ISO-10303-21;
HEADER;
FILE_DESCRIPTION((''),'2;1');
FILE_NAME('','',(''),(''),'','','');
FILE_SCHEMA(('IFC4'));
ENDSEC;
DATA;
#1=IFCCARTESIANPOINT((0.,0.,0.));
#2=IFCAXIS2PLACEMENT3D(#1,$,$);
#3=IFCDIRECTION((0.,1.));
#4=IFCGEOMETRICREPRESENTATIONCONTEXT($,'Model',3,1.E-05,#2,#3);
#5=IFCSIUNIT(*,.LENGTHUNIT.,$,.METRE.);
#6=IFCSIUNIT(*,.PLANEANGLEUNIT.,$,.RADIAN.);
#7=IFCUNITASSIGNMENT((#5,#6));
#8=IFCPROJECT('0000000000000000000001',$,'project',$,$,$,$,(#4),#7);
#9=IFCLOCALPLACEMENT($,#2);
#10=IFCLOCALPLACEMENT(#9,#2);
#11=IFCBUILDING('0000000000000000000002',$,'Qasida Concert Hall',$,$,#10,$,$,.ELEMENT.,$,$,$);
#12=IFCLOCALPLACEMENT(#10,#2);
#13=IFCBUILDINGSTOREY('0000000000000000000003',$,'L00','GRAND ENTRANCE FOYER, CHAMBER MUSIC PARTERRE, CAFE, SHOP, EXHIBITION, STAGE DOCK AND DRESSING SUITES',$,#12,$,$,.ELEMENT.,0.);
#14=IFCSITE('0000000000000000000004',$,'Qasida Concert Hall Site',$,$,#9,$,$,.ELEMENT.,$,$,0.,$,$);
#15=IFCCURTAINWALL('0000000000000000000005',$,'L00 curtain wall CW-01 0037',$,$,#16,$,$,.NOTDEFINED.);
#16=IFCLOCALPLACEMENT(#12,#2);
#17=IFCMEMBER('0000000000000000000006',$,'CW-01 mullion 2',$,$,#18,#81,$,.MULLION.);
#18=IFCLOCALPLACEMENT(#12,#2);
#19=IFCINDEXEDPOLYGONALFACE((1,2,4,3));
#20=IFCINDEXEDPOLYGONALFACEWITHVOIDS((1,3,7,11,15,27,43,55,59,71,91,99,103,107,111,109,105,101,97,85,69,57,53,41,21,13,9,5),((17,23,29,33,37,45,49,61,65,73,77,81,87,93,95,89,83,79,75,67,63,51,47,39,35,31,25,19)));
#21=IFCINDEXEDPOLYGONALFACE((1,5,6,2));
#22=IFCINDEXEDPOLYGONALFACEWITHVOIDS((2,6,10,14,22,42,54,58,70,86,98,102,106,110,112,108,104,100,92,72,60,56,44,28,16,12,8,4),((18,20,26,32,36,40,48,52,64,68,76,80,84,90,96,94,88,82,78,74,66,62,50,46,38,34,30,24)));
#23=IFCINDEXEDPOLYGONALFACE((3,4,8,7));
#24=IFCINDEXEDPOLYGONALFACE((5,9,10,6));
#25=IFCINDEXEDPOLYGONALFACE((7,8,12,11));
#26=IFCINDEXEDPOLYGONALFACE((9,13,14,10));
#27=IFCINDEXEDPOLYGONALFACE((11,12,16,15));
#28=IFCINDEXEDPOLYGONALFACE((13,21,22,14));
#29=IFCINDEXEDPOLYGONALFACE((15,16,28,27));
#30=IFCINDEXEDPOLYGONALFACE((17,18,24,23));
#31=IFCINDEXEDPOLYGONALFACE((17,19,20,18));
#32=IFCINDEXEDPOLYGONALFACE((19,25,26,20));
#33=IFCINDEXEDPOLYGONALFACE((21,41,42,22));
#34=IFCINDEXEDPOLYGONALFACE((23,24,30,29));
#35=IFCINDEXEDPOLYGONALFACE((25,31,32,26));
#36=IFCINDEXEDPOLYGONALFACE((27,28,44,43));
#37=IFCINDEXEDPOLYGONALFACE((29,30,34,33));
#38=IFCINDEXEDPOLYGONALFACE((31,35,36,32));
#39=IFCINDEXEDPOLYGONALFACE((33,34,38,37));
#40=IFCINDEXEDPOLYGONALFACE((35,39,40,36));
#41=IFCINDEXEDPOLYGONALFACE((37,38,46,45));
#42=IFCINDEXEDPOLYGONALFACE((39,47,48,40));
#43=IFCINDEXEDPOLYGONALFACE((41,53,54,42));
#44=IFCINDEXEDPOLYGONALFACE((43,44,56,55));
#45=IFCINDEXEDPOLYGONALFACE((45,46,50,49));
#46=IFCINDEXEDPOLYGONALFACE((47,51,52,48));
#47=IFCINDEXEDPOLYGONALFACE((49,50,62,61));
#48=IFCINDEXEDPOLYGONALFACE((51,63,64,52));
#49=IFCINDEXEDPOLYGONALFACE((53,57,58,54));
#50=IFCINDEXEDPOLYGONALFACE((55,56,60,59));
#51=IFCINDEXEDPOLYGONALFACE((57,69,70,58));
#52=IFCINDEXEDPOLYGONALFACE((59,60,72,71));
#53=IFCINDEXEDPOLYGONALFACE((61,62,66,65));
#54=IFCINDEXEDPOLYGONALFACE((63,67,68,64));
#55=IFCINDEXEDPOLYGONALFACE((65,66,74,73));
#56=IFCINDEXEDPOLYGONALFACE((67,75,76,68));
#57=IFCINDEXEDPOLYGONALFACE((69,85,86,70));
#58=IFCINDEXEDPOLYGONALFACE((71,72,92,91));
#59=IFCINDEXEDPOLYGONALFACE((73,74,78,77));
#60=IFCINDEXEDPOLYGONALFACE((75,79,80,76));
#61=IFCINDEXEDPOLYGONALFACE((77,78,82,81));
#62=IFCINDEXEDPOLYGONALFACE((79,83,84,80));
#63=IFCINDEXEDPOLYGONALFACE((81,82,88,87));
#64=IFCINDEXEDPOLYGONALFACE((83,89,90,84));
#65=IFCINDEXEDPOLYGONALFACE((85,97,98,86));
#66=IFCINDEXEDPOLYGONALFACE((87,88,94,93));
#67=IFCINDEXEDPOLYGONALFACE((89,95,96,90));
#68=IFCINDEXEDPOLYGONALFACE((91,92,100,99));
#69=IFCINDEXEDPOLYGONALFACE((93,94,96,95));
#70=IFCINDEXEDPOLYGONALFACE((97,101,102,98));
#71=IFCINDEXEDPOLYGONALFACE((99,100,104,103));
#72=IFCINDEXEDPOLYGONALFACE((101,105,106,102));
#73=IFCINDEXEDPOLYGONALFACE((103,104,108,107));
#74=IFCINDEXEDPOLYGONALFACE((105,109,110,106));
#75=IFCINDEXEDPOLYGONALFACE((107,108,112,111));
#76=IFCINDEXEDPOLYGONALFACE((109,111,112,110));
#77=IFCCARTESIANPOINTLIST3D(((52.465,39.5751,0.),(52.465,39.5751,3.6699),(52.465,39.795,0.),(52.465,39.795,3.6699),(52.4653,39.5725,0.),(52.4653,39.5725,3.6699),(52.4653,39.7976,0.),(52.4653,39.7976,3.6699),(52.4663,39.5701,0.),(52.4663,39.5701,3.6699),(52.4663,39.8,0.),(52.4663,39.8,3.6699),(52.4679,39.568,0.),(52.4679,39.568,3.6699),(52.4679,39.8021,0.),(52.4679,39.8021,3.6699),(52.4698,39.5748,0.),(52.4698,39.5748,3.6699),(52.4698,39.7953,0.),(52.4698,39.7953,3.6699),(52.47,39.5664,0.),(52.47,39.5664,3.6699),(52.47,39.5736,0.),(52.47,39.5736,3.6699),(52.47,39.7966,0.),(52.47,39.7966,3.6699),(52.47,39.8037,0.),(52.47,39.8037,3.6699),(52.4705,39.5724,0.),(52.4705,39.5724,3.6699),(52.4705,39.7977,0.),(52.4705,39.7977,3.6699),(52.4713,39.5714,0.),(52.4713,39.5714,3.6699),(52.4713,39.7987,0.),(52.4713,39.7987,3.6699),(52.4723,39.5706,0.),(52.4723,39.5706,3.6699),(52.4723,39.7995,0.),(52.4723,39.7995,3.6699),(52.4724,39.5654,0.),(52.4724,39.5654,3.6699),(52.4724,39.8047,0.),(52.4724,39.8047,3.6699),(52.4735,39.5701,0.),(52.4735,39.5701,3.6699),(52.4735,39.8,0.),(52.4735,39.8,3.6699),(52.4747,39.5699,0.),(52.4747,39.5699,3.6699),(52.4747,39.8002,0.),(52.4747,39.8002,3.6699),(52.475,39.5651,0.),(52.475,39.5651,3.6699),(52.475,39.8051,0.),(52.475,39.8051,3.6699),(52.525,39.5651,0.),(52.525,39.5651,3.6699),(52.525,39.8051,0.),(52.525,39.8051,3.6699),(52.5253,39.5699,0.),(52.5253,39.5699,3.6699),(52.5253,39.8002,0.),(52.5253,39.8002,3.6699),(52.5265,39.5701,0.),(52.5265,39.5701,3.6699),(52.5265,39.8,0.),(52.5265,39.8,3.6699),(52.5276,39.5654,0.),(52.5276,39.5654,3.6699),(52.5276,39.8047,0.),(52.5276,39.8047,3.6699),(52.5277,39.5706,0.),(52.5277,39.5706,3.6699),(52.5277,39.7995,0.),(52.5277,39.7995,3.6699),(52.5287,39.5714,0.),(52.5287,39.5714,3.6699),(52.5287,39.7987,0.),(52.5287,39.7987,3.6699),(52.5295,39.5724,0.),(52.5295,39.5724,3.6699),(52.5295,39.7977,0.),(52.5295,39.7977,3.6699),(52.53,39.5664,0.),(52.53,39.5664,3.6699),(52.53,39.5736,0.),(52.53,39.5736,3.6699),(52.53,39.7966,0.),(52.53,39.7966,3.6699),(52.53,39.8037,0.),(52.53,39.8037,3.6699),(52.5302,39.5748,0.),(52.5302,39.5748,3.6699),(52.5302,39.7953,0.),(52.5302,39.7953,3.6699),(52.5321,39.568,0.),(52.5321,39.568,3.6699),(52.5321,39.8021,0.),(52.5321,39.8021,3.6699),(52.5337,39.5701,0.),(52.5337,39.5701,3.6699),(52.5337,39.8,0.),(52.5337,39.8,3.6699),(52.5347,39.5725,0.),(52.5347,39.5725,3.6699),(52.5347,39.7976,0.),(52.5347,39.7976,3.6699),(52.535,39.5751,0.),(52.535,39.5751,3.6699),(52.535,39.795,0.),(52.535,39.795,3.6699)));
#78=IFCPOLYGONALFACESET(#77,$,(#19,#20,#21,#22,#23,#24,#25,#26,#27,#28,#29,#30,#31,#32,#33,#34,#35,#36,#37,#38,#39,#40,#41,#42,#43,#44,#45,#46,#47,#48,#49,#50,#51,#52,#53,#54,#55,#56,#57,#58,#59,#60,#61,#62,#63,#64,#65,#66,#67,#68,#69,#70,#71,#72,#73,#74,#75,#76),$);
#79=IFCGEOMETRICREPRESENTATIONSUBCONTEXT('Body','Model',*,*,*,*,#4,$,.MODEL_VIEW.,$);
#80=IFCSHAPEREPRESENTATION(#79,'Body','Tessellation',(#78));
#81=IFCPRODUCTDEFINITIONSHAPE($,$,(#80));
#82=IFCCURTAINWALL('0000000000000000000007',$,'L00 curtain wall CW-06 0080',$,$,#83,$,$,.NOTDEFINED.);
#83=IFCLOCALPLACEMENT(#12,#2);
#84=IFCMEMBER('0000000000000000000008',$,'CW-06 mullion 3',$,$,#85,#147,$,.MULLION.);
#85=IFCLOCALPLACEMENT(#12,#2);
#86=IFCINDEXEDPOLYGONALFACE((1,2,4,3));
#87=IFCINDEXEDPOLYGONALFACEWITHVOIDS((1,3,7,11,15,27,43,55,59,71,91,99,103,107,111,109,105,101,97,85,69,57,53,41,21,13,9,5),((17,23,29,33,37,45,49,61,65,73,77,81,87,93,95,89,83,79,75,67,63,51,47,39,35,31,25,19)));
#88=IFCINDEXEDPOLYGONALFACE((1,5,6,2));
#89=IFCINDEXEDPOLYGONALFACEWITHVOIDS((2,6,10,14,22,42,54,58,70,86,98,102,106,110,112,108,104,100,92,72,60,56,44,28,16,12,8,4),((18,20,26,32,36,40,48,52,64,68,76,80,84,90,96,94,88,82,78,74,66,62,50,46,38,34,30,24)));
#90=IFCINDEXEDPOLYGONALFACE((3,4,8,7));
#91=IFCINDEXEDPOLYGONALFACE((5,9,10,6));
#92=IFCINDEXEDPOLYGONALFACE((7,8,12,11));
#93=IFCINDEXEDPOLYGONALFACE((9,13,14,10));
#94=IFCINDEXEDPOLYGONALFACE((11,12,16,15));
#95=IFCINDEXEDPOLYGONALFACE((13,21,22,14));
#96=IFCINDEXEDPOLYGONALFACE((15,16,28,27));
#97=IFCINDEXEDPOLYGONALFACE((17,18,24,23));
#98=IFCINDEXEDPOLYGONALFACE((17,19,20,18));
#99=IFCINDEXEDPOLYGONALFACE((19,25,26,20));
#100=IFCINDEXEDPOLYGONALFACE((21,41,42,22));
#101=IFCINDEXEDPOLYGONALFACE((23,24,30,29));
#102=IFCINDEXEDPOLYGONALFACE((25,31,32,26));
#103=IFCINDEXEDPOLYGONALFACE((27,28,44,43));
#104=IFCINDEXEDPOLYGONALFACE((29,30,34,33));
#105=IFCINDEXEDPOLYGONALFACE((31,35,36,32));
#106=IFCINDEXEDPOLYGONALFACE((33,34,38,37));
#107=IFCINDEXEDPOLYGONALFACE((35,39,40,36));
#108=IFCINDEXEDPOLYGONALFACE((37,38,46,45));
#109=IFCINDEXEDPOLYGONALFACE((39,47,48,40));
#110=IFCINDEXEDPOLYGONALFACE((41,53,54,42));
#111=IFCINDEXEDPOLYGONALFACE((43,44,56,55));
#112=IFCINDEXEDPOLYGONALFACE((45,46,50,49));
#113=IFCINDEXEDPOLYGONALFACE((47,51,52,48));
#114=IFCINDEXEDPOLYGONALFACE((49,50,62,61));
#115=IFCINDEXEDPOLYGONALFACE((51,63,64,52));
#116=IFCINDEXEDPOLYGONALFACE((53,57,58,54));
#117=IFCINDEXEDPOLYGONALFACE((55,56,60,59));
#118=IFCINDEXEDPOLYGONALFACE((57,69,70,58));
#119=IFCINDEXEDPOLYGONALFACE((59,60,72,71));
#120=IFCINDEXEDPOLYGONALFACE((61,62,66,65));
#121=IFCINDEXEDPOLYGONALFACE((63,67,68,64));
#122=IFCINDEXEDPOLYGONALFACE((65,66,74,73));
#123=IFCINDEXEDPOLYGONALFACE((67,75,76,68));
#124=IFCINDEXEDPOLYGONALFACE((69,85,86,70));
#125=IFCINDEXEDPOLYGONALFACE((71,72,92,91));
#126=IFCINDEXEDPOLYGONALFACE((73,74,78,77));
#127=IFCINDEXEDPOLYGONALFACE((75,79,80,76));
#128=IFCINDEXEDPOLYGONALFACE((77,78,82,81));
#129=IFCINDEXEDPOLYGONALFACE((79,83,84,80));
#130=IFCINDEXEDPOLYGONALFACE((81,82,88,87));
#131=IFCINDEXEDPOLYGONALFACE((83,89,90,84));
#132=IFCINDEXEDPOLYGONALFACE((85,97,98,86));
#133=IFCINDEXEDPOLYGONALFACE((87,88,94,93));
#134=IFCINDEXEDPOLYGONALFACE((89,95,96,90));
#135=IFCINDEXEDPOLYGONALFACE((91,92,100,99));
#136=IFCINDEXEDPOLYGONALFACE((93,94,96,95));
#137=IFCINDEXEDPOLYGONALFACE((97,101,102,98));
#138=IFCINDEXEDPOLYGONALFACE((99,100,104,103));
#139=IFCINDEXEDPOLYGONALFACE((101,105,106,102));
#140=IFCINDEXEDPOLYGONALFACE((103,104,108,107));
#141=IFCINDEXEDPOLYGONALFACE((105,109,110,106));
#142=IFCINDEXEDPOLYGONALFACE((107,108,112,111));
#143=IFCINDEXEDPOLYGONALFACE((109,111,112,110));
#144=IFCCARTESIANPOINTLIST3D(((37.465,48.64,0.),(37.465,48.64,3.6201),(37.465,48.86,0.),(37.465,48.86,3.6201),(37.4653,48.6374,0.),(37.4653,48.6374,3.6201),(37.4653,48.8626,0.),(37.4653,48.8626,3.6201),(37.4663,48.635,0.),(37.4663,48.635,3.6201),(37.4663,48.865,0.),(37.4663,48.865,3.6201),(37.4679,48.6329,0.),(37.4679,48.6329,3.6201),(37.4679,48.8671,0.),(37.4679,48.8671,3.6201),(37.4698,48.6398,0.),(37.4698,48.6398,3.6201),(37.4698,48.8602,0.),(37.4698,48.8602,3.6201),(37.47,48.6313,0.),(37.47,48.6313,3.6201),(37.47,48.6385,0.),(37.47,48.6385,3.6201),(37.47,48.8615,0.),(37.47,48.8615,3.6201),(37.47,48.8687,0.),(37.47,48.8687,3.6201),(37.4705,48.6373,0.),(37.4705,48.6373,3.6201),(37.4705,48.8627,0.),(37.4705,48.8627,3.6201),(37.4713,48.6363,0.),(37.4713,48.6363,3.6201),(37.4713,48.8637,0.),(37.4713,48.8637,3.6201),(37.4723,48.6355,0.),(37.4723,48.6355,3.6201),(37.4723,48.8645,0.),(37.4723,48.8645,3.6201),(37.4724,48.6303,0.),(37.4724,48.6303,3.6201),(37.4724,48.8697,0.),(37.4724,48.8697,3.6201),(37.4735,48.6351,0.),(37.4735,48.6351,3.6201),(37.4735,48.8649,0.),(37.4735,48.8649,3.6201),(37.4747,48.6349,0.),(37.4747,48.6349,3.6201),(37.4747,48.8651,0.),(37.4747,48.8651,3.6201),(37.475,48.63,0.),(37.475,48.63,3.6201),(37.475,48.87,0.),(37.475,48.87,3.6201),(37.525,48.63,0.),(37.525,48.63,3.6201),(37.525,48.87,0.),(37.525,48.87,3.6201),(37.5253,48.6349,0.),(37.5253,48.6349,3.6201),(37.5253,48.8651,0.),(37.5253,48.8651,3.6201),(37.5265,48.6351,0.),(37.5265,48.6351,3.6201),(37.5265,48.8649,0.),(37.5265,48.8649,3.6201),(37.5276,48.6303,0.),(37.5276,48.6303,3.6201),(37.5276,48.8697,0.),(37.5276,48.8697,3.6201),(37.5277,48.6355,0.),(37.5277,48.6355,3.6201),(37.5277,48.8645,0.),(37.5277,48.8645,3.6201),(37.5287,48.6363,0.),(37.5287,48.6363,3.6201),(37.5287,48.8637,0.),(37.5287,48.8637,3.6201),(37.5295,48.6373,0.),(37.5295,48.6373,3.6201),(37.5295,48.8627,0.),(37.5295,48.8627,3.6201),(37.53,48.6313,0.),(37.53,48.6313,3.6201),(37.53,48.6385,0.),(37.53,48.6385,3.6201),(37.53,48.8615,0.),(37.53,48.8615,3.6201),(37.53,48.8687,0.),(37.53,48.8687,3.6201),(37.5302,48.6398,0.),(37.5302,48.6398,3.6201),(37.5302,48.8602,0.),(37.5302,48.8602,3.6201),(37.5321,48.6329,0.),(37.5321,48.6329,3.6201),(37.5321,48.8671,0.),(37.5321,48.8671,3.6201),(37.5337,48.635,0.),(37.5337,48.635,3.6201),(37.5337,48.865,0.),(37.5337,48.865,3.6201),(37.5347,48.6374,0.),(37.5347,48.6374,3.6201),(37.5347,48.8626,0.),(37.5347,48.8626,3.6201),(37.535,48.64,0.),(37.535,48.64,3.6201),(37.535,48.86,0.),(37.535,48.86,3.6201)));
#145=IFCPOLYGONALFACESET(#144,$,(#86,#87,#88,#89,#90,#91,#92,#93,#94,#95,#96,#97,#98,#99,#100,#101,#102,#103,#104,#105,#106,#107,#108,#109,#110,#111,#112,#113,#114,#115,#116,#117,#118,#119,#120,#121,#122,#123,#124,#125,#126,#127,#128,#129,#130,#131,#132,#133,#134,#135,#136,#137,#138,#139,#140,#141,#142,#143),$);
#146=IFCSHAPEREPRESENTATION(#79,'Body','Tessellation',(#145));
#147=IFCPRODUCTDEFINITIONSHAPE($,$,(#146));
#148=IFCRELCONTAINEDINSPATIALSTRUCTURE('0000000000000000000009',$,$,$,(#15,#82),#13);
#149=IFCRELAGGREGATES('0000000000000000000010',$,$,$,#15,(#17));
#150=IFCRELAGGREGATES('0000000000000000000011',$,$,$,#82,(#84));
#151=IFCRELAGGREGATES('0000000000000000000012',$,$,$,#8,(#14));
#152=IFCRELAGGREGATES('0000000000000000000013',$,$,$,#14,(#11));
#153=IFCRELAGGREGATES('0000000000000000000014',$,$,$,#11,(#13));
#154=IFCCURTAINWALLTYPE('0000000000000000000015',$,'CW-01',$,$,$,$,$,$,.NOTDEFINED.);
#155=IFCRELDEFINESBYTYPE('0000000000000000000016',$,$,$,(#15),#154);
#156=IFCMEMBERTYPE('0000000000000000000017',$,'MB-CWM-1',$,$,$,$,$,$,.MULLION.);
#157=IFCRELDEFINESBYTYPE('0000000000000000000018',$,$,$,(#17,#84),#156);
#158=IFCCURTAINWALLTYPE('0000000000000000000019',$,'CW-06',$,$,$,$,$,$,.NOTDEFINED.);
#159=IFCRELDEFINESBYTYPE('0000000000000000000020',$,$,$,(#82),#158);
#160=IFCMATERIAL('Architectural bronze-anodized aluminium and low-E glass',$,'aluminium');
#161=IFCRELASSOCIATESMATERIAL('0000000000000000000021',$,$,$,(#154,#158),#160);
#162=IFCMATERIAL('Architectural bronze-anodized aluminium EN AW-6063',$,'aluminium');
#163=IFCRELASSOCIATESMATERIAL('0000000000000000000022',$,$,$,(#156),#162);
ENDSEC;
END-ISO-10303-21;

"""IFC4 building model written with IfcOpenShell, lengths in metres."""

from ifc_helpers import new_model, si_unit, direction, frame, origin, origin_2d, place, context, subcontext, project, spatial, hollow_rectangle, extrude, material, material_profile, profile_set, type_object, element, aggregate, save


model = new_model("IFC4")

# Units and contexts
model_context = context("Model", 3, precision=1e-05, world=origin(), true_north=direction((0.0, 1.0)))
body_context = subcontext(model_context, "Body", "Model", "MODEL_VIEW")
ifc_project = project(units=[si_unit("LENGTHUNIT", "METRE"), si_unit("PLANEANGLEUNIT", "RADIAN")], contexts=[model_context])

# Site, building, storey
site_placement = place(None, origin())
site = spatial("IfcSite", under=ifc_project, at=site_placement, Name="Qasida Concert Hall Site", CompositionType="ELEMENT", RefElevation=0.0)
building_placement = place(site_placement, origin())
building = spatial("IfcBuilding", under=site, at=building_placement, Name="Qasida Concert Hall", CompositionType="ELEMENT")
storey_placement = place(building_placement, origin())
storey = spatial("IfcBuildingStorey", under=building, at=storey_placement, Name="L00", Description="GRAND ENTRANCE FOYER, CHAMBER MUSIC PARTERRE, CAFE, SHOP, EXHIBITION, STAGE DOCK AND DRESSING SUITES", CompositionType="ELEMENT", Elevation=0.0)

# Curtain walls, members
ifc_material_1 = material(Name="Architectural bronze-anodized aluminium and low-E glass", Category="aluminium")
curtain_wall_type_1 = type_object("IfcCurtainWallType", Name="CW-01", PredefinedType="NOTDEFINED", material=ifc_material_1)
curtain_wall_1_placement = place(storey_placement, origin())
curtain_wall_1 = element("IfcCurtainWall", 1, at=curtain_wall_1_placement, inside=storey, type_object=curtain_wall_type_1, Name="L00 curtain wall CW-01 0037", PredefinedType="NOTDEFINED")
ifc_material_2 = material(Name="Architectural bronze-anodized aluminium EN AW-6063", Category="aluminium")
ifc_material_profile_1 = material_profile(ifc_material_2, hollow_rectangle(XDim=0.0701, YDim=0.24, WallThickness=0.0049, InnerFilletRadius=0.0049, OuterFilletRadius=0.01, at=origin_2d()), Name="CWM 240x70x5")
ifc_profile_set_1 = profile_set([ifc_material_profile_1], Name="Architectural bronze-anodized aluminium EN AW-6063")
member_type_1 = type_object("IfcMemberType", Name="MB-CWM-1", PredefinedType="MULLION", material=ifc_profile_set_1)
member_1_placement = place(storey_placement, frame((52.5, 39.6851, 0.0), z_axis=(0.0, 0.0, 1.0), x_axis=(-1.0, 0.0, 0.0)))
member_1 = element("IfcMember", 2, at=member_1_placement, type_object=member_type_1, Name="CW-01 mullion 2", PredefinedType="MULLION", context=body_context, shape_type="SweptSolid", body=[
    extrude(hollow_rectangle(XDim=0.0701, YDim=0.24, WallThickness=0.0049, InnerFilletRadius=0.0049, OuterFilletRadius=0.01, at=origin_2d()), origin(), (0.0, 0.0, 1.0), 3.6699),
])
curtain_wall_type_2 = type_object("IfcCurtainWallType", Name="CW-06", PredefinedType="NOTDEFINED", material=ifc_material_1)
curtain_wall_2_placement = place(storey_placement, origin())
curtain_wall_2 = element("IfcCurtainWall", 3, at=curtain_wall_2_placement, inside=storey, type_object=curtain_wall_type_2, Name="L00 curtain wall CW-06 0080", PredefinedType="NOTDEFINED")
member_2_placement = place(storey_placement, frame((37.5, 48.75, 0.0), z_axis=(0.0, 0.0, 1.0), x_axis=(-1.0, 0.0, 0.0)))
member_2 = element("IfcMember", 4, at=member_2_placement, type_object=member_type_1, Name="CW-06 mullion 3", PredefinedType="MULLION", context=body_context, shape_type="SweptSolid", body=[
    extrude(hollow_rectangle(XDim=0.0701, YDim=0.24, WallThickness=0.0049, InnerFilletRadius=0.0049, OuterFilletRadius=0.01, at=origin_2d()), origin(), (0.0, 0.0, 1.0), 3.6201),
])

aggregate(curtain_wall_1, [member_1])
aggregate(curtain_wall_2, [member_2])

save(model, "model.ifc")
